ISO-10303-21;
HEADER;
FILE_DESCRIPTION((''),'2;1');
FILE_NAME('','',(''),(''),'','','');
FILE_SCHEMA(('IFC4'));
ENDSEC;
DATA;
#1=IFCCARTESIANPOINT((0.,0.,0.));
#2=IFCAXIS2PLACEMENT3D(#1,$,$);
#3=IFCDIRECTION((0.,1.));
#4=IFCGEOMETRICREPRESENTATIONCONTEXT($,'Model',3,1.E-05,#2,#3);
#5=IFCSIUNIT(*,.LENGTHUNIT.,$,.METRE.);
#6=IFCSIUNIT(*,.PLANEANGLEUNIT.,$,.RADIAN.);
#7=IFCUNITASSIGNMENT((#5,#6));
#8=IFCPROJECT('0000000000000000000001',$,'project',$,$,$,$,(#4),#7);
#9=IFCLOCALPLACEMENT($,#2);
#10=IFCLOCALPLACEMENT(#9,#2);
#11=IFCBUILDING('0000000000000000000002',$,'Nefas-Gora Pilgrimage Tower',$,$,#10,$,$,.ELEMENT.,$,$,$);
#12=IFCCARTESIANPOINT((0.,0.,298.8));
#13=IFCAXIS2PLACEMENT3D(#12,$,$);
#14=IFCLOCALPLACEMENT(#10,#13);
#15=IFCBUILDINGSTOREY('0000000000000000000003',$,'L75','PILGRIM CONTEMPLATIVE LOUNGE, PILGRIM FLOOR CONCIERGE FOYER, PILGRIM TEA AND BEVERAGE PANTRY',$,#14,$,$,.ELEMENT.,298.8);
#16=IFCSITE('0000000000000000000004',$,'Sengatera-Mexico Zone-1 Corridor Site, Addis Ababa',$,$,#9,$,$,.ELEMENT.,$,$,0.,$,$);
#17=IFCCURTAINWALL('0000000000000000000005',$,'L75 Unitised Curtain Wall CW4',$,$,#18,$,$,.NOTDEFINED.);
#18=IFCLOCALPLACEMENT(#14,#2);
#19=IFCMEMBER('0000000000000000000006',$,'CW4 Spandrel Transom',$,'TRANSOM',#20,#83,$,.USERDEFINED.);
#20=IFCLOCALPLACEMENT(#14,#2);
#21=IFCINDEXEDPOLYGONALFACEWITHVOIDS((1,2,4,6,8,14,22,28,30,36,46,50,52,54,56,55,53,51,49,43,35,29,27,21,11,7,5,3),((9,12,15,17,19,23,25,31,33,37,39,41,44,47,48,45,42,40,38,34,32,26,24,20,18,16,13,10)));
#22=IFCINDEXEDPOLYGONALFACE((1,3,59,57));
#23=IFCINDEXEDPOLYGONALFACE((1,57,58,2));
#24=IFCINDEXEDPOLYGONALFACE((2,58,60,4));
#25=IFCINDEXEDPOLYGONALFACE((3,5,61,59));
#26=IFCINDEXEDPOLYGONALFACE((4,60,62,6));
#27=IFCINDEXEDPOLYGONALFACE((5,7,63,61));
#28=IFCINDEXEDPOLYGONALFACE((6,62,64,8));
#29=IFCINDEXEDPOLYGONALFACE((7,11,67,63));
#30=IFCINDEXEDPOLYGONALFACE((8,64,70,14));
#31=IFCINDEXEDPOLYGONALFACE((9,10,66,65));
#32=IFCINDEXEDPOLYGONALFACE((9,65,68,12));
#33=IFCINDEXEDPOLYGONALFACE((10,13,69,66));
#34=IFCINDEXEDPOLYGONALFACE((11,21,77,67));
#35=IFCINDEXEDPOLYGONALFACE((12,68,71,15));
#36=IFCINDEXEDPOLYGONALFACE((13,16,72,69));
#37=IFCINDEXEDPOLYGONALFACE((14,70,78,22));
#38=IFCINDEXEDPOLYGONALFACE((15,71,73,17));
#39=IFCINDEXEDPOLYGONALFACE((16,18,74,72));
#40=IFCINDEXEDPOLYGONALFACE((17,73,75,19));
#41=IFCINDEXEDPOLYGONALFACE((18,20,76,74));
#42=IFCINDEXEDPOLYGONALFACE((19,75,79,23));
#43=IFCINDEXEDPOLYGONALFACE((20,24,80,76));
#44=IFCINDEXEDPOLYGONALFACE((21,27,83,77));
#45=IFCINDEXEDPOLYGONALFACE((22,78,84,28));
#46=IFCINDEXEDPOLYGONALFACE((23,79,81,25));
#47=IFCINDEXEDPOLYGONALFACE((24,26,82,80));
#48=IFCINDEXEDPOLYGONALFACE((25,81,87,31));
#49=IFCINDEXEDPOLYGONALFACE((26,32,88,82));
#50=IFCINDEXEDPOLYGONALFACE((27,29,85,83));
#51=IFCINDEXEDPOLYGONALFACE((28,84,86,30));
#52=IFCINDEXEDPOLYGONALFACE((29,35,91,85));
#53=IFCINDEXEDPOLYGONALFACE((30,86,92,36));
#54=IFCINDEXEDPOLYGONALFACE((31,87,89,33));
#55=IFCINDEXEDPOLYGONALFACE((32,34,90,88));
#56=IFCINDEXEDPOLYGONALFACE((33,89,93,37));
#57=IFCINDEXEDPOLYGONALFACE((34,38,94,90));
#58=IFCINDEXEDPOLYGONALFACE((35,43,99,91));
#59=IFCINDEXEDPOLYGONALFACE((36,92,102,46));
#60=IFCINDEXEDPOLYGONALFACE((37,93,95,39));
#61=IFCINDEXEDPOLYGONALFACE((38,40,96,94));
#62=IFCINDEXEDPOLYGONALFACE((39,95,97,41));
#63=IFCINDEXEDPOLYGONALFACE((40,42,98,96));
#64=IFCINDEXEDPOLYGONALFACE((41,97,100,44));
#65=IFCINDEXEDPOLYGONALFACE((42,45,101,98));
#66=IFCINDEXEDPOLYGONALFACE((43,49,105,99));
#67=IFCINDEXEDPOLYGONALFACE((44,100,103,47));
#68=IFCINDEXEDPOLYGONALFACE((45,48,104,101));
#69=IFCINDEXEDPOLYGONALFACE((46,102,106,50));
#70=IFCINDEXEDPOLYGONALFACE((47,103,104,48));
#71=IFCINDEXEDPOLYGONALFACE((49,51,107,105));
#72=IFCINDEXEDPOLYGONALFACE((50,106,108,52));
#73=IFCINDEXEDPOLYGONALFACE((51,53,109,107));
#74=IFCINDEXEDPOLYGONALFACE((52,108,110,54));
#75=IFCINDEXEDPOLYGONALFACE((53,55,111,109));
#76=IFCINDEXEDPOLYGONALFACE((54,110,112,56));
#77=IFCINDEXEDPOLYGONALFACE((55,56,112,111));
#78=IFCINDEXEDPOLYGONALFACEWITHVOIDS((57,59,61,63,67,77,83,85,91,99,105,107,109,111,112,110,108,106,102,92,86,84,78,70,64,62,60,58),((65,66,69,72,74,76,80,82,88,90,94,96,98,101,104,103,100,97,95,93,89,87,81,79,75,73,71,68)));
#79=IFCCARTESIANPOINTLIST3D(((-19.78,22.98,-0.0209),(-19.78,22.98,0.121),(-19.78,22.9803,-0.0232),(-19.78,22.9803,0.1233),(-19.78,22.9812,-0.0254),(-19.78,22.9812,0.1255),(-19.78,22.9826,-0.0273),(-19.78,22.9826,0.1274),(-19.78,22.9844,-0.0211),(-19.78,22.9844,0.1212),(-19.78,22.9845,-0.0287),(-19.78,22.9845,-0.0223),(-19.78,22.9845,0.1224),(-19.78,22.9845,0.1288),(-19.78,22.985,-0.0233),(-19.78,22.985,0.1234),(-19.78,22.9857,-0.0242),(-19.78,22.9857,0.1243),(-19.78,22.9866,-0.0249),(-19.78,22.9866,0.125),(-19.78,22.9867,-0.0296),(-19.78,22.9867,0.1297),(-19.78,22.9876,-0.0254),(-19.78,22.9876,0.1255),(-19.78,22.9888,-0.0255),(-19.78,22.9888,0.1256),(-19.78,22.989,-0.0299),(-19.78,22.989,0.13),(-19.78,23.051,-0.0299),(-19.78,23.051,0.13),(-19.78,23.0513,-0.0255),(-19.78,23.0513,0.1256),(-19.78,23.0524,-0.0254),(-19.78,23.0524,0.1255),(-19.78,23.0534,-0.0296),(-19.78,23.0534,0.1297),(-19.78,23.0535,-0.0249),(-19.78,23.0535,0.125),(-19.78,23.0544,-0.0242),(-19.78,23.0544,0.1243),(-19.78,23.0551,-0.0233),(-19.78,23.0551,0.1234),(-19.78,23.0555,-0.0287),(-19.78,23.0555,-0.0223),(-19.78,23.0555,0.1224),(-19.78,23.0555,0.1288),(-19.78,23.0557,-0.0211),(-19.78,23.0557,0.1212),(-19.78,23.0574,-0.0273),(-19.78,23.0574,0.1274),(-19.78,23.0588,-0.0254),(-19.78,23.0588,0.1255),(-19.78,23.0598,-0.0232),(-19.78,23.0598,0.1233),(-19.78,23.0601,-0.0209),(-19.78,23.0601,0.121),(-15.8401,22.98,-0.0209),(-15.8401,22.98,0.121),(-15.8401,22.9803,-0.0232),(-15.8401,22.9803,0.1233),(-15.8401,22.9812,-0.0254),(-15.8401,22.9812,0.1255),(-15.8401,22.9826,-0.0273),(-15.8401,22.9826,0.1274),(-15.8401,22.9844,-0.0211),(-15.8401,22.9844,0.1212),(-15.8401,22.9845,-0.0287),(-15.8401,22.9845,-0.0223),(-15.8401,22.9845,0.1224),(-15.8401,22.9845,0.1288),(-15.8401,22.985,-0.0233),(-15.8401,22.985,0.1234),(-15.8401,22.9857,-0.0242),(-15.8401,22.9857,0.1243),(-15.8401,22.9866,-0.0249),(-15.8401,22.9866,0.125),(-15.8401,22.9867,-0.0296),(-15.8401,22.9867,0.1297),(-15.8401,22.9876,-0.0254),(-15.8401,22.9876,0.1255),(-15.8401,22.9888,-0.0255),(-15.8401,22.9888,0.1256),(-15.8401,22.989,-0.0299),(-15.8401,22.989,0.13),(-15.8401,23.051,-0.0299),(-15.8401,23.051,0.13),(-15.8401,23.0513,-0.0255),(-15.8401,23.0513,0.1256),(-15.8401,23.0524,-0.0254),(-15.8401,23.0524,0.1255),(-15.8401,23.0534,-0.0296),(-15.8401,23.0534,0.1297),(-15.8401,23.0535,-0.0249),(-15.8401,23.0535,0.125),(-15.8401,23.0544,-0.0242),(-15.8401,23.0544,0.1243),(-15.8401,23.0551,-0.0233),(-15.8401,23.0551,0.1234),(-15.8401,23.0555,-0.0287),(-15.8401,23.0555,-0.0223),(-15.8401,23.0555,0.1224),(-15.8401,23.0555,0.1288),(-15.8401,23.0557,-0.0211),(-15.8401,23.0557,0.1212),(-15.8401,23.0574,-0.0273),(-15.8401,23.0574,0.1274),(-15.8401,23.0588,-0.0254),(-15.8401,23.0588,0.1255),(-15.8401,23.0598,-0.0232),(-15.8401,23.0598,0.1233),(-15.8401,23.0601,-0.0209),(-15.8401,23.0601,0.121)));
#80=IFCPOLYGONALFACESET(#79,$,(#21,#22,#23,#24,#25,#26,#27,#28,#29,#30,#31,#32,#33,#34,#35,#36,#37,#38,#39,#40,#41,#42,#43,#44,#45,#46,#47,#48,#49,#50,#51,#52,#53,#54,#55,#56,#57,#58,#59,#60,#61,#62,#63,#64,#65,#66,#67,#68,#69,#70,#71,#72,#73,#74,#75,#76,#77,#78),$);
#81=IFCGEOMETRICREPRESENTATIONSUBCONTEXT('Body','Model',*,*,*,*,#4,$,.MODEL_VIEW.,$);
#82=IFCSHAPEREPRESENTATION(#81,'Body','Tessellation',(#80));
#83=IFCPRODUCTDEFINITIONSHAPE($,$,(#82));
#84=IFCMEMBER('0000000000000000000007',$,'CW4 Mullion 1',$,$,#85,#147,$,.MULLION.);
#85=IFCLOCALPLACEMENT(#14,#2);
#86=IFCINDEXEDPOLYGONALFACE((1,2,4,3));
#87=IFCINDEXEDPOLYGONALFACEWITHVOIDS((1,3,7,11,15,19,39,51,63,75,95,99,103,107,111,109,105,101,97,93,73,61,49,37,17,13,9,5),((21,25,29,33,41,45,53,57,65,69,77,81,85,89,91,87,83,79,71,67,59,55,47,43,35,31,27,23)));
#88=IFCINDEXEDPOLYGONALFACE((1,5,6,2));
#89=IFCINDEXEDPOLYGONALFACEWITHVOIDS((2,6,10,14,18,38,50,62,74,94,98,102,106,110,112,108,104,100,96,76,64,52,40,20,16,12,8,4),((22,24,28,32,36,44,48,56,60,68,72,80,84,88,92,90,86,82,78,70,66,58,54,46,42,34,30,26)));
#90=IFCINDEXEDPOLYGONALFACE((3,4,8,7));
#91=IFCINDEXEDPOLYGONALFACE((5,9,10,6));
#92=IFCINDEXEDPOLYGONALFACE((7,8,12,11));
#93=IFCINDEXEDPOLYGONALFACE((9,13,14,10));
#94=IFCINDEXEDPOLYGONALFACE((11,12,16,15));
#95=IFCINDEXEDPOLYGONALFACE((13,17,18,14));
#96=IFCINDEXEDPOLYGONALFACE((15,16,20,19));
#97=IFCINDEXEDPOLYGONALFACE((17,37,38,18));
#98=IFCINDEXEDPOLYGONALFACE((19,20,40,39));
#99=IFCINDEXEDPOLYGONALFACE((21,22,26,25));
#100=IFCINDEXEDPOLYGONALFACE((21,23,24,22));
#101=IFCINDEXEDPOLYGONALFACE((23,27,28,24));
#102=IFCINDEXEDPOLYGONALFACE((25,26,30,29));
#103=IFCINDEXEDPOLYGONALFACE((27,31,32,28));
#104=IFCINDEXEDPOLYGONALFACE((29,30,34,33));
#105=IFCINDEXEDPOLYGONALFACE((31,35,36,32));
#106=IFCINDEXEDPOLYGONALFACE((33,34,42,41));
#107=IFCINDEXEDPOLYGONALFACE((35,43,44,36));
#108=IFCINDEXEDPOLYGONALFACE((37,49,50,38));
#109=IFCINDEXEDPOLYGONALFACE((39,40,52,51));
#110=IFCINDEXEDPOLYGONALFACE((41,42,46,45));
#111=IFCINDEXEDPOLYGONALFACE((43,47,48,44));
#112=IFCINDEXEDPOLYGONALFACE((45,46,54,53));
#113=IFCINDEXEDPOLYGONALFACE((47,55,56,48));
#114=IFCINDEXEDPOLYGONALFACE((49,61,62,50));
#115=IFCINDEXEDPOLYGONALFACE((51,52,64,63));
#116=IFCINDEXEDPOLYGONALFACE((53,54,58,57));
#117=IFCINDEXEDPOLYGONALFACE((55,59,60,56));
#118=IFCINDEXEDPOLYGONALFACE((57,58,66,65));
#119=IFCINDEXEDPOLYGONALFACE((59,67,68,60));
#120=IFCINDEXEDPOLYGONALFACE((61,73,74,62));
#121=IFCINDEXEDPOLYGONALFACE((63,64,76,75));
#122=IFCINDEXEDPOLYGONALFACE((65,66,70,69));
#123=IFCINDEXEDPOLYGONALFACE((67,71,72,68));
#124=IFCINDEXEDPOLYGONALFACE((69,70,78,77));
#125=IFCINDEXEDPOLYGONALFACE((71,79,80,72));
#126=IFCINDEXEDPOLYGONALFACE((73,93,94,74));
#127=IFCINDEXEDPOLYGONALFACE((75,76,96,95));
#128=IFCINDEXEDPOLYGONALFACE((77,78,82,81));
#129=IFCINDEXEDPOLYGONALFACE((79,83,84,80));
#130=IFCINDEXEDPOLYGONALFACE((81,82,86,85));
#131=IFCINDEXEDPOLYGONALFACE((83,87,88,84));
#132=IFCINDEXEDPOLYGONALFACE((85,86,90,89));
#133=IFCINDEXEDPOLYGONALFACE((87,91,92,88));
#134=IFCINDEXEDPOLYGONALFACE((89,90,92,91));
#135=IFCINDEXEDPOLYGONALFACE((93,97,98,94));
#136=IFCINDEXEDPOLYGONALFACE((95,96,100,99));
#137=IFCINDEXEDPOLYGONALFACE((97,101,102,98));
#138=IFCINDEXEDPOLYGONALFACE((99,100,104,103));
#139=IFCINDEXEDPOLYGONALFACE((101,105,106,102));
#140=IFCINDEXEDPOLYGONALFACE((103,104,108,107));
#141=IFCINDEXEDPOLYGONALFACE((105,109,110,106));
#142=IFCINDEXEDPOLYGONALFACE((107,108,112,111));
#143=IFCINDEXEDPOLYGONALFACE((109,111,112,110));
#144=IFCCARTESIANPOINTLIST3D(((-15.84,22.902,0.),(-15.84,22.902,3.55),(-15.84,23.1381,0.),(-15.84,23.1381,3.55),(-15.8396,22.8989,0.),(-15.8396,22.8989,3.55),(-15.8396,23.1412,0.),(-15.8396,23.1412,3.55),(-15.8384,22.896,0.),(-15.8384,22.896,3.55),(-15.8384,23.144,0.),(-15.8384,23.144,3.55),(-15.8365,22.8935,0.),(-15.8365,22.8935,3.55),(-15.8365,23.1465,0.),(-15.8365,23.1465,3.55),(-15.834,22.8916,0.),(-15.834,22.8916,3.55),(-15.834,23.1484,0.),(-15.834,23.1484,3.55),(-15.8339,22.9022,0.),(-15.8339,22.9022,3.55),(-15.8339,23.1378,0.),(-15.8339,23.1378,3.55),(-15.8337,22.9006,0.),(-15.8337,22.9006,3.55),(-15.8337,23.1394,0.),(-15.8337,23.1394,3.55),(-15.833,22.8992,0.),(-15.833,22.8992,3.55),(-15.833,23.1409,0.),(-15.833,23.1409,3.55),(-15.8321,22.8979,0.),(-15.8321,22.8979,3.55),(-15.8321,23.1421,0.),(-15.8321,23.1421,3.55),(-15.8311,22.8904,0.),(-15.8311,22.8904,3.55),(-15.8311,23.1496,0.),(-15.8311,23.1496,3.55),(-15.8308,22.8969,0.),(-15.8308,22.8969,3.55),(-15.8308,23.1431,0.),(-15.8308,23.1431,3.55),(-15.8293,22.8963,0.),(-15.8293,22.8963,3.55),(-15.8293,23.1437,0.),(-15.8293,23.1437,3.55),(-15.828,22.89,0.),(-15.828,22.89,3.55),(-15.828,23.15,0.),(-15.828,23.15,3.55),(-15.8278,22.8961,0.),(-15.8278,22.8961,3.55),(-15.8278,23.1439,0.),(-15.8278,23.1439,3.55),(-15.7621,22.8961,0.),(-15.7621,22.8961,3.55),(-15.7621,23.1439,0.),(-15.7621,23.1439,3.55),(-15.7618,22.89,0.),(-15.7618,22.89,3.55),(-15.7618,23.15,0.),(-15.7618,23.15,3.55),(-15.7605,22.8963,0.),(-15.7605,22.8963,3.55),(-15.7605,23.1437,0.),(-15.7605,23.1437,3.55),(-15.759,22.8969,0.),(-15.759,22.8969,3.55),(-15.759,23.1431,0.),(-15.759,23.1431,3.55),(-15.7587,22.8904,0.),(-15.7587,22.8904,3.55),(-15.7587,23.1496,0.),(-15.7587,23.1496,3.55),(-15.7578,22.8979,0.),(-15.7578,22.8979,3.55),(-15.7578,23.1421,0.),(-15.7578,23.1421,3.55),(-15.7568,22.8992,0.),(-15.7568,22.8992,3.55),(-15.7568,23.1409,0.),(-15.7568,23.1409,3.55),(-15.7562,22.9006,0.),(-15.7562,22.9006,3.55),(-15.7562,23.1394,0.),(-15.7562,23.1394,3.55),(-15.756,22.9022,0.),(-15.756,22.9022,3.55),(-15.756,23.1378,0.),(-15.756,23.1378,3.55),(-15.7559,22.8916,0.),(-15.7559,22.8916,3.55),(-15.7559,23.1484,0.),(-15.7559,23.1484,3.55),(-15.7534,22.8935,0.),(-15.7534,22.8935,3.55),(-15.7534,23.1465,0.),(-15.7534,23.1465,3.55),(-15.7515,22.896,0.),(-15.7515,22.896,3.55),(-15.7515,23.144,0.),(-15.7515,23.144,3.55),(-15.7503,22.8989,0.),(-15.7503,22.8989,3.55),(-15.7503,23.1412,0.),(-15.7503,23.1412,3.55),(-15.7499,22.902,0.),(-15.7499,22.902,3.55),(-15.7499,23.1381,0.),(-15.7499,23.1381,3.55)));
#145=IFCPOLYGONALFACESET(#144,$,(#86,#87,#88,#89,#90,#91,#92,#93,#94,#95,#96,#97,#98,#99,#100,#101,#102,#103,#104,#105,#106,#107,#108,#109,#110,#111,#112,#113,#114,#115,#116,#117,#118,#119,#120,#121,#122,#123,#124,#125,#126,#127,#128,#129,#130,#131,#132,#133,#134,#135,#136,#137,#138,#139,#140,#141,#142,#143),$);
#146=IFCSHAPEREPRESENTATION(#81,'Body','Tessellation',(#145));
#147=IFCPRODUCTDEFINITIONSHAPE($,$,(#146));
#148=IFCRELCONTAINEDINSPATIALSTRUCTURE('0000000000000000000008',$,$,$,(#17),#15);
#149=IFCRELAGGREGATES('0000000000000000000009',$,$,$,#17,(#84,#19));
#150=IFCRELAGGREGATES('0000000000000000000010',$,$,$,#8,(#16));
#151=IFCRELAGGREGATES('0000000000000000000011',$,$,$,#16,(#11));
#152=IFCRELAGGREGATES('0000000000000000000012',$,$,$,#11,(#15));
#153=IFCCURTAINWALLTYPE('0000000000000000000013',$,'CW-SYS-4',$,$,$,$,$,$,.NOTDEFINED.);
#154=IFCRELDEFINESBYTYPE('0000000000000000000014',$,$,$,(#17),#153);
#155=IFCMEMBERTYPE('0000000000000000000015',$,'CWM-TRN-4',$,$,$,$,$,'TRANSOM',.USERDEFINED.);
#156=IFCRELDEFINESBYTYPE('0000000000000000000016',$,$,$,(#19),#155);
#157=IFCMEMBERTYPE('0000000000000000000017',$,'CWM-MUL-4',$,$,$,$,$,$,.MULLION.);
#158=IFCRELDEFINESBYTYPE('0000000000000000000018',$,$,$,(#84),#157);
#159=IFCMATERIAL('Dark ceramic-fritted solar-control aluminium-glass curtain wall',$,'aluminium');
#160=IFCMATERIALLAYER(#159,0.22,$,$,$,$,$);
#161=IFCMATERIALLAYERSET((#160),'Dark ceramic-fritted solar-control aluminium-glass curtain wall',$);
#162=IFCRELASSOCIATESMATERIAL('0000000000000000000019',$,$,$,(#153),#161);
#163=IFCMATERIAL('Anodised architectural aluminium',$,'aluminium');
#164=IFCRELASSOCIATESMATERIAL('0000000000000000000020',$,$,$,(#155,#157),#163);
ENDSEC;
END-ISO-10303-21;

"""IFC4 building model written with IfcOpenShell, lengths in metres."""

from ifc_helpers import new_model, si_unit, direction, frame, origin, origin_2d, place, context, subcontext, project, spatial, hollow_rectangle, extrude, source, transform, mapped, material, layer, layer_set, material_profile, profile_set, type_object, element, aggregate, save


model = new_model("IFC4")

# Units and contexts
model_context = context("Model", 3, precision=1e-05, world=origin(), true_north=direction((0.0, 1.0)))
body_context = subcontext(model_context, "Body", "Model", "MODEL_VIEW")
ifc_project = project(units=[si_unit("LENGTHUNIT", "METRE"), si_unit("PLANEANGLEUNIT", "RADIAN")], contexts=[model_context])

# Site, building, storey
site_placement = place(None, origin())
site = spatial("IfcSite", under=ifc_project, at=site_placement, Name="Sengatera-Mexico Zone-1 Corridor Site, Addis Ababa", CompositionType="ELEMENT", RefElevation=0.0)
building_placement = place(site_placement, origin())
building = spatial("IfcBuilding", under=site, at=building_placement, Name="Nefas-Gora Pilgrimage Tower", CompositionType="ELEMENT")
storey_placement = place(building_placement, frame((0.0, 0.0, 298.8)))
storey = spatial("IfcBuildingStorey", under=building, at=storey_placement, Name="L75", Description="PILGRIM CONTEMPLATIVE LOUNGE, PILGRIM FLOOR CONCIERGE FOYER, PILGRIM TEA AND BEVERAGE PANTRY", CompositionType="ELEMENT", Elevation=298.8)

# Shared definitions
ifc_material_1 = material(Name="Dark ceramic-fritted solar-control aluminium-glass curtain wall", Category="aluminium")
ifc_material_2 = material(Name="Anodised architectural aluminium", Category="aluminium")
ifc_layer_1 = layer(ifc_material_1, 0.22)
ifc_layer_set_1 = layer_set([ifc_layer_1], Name="Dark ceramic-fritted solar-control aluminium-glass curtain wall")
curtain_wall_type_1 = type_object("IfcCurtainWallType", Name="CW-SYS-4", PredefinedType="NOTDEFINED", material=ifc_layer_set_1)
ifc_material_profile_1 = material_profile(ifc_material_2, hollow_rectangle(XDim=0.0801, YDim=0.1599, WallThickness=0.0044, InnerFilletRadius=0.0044, OuterFilletRadius=0.009, at=origin_2d()), Name="ALU TRANSOM 80x160")
ifc_profile_set_1 = profile_set([ifc_material_profile_1], Name="Anodised architectural aluminium")
member_type_1 = type_object("IfcMemberType", Name="CWM-TRN-4", ElementType="TRANSOM", PredefinedType="USERDEFINED", material=ifc_profile_set_1)

# Curtain wall, members
curtain_wall_1_placement = place(storey_placement, origin())
curtain_wall_1 = element("IfcCurtainWall", 1, at=curtain_wall_1_placement, inside=storey, type_object=curtain_wall_type_1, Name="L75 Unitised Curtain Wall CW4", PredefinedType="NOTDEFINED")
shared_shape_1 = source(origin(), body_context, "Body", "SweptSolid", [
    extrude(hollow_rectangle(XDim=0.0801, YDim=0.1599, WallThickness=0.0044, InnerFilletRadius=0.0044, OuterFilletRadius=0.009, at=origin_2d()), origin(), (0.0, 0.0, 1.0), 3.9399),
])
member_1_placement = place(storey_placement, frame((-15.8401, 23.02, 0.05), z_axis=(-1.0, 0.0, 0.0), x_axis=(0.0, -1.0, 0.0)))
member_1 = element("IfcMember", 2, at=member_1_placement, type_object=member_type_1, Name="CW4 Spandrel Transom", ObjectType="TRANSOM", PredefinedType="USERDEFINED", context=body_context, shape_type="MappedRepresentation", body=[
    mapped(shared_shape_1, transform((0.0, 0.0, 0.0), x_axis=(1.0, 0.0, 0.0), y_axis=(0.0, 1.0, 0.0), z_axis=(0.0, 0.0, 1.0), scale=1.0)),
])
ifc_material_profile_2 = material_profile(ifc_material_2, hollow_rectangle(XDim=0.0901, YDim=0.26, WallThickness=0.0061, InnerFilletRadius=0.0061, OuterFilletRadius=0.012, at=origin_2d()), Name="ALU MULLION 90x260")
ifc_profile_set_2 = profile_set([ifc_material_profile_2], Name="Anodised architectural aluminium")
member_type_2 = type_object("IfcMemberType", Name="CWM-MUL-4", PredefinedType="MULLION", material=ifc_profile_set_2)
shared_shape_2 = source(origin(), body_context, "Body", "SweptSolid", [
    extrude(hollow_rectangle(XDim=0.0901, YDim=0.26, WallThickness=0.0061, InnerFilletRadius=0.0061, OuterFilletRadius=0.012, at=origin_2d()), origin(), (0.0, 0.0, 1.0), 3.55),
])
member_2_placement = place(storey_placement, frame((-15.7949, 23.02, 0.0), z_axis=(0.0, 0.0, 1.0), x_axis=(-1.0, 0.0, 0.0)))
member_2 = element("IfcMember", 3, at=member_2_placement, type_object=member_type_2, Name="CW4 Mullion 1", PredefinedType="MULLION", context=body_context, shape_type="MappedRepresentation", body=[
    mapped(shared_shape_2, transform((0.0, 0.0, 0.0), x_axis=(1.0, 0.0, 0.0), y_axis=(0.0, 1.0, 0.0), z_axis=(0.0, 0.0, 1.0), scale=1.0)),
])

aggregate(curtain_wall_1, [member_2, member_1])

save(model, "model.ifc")
